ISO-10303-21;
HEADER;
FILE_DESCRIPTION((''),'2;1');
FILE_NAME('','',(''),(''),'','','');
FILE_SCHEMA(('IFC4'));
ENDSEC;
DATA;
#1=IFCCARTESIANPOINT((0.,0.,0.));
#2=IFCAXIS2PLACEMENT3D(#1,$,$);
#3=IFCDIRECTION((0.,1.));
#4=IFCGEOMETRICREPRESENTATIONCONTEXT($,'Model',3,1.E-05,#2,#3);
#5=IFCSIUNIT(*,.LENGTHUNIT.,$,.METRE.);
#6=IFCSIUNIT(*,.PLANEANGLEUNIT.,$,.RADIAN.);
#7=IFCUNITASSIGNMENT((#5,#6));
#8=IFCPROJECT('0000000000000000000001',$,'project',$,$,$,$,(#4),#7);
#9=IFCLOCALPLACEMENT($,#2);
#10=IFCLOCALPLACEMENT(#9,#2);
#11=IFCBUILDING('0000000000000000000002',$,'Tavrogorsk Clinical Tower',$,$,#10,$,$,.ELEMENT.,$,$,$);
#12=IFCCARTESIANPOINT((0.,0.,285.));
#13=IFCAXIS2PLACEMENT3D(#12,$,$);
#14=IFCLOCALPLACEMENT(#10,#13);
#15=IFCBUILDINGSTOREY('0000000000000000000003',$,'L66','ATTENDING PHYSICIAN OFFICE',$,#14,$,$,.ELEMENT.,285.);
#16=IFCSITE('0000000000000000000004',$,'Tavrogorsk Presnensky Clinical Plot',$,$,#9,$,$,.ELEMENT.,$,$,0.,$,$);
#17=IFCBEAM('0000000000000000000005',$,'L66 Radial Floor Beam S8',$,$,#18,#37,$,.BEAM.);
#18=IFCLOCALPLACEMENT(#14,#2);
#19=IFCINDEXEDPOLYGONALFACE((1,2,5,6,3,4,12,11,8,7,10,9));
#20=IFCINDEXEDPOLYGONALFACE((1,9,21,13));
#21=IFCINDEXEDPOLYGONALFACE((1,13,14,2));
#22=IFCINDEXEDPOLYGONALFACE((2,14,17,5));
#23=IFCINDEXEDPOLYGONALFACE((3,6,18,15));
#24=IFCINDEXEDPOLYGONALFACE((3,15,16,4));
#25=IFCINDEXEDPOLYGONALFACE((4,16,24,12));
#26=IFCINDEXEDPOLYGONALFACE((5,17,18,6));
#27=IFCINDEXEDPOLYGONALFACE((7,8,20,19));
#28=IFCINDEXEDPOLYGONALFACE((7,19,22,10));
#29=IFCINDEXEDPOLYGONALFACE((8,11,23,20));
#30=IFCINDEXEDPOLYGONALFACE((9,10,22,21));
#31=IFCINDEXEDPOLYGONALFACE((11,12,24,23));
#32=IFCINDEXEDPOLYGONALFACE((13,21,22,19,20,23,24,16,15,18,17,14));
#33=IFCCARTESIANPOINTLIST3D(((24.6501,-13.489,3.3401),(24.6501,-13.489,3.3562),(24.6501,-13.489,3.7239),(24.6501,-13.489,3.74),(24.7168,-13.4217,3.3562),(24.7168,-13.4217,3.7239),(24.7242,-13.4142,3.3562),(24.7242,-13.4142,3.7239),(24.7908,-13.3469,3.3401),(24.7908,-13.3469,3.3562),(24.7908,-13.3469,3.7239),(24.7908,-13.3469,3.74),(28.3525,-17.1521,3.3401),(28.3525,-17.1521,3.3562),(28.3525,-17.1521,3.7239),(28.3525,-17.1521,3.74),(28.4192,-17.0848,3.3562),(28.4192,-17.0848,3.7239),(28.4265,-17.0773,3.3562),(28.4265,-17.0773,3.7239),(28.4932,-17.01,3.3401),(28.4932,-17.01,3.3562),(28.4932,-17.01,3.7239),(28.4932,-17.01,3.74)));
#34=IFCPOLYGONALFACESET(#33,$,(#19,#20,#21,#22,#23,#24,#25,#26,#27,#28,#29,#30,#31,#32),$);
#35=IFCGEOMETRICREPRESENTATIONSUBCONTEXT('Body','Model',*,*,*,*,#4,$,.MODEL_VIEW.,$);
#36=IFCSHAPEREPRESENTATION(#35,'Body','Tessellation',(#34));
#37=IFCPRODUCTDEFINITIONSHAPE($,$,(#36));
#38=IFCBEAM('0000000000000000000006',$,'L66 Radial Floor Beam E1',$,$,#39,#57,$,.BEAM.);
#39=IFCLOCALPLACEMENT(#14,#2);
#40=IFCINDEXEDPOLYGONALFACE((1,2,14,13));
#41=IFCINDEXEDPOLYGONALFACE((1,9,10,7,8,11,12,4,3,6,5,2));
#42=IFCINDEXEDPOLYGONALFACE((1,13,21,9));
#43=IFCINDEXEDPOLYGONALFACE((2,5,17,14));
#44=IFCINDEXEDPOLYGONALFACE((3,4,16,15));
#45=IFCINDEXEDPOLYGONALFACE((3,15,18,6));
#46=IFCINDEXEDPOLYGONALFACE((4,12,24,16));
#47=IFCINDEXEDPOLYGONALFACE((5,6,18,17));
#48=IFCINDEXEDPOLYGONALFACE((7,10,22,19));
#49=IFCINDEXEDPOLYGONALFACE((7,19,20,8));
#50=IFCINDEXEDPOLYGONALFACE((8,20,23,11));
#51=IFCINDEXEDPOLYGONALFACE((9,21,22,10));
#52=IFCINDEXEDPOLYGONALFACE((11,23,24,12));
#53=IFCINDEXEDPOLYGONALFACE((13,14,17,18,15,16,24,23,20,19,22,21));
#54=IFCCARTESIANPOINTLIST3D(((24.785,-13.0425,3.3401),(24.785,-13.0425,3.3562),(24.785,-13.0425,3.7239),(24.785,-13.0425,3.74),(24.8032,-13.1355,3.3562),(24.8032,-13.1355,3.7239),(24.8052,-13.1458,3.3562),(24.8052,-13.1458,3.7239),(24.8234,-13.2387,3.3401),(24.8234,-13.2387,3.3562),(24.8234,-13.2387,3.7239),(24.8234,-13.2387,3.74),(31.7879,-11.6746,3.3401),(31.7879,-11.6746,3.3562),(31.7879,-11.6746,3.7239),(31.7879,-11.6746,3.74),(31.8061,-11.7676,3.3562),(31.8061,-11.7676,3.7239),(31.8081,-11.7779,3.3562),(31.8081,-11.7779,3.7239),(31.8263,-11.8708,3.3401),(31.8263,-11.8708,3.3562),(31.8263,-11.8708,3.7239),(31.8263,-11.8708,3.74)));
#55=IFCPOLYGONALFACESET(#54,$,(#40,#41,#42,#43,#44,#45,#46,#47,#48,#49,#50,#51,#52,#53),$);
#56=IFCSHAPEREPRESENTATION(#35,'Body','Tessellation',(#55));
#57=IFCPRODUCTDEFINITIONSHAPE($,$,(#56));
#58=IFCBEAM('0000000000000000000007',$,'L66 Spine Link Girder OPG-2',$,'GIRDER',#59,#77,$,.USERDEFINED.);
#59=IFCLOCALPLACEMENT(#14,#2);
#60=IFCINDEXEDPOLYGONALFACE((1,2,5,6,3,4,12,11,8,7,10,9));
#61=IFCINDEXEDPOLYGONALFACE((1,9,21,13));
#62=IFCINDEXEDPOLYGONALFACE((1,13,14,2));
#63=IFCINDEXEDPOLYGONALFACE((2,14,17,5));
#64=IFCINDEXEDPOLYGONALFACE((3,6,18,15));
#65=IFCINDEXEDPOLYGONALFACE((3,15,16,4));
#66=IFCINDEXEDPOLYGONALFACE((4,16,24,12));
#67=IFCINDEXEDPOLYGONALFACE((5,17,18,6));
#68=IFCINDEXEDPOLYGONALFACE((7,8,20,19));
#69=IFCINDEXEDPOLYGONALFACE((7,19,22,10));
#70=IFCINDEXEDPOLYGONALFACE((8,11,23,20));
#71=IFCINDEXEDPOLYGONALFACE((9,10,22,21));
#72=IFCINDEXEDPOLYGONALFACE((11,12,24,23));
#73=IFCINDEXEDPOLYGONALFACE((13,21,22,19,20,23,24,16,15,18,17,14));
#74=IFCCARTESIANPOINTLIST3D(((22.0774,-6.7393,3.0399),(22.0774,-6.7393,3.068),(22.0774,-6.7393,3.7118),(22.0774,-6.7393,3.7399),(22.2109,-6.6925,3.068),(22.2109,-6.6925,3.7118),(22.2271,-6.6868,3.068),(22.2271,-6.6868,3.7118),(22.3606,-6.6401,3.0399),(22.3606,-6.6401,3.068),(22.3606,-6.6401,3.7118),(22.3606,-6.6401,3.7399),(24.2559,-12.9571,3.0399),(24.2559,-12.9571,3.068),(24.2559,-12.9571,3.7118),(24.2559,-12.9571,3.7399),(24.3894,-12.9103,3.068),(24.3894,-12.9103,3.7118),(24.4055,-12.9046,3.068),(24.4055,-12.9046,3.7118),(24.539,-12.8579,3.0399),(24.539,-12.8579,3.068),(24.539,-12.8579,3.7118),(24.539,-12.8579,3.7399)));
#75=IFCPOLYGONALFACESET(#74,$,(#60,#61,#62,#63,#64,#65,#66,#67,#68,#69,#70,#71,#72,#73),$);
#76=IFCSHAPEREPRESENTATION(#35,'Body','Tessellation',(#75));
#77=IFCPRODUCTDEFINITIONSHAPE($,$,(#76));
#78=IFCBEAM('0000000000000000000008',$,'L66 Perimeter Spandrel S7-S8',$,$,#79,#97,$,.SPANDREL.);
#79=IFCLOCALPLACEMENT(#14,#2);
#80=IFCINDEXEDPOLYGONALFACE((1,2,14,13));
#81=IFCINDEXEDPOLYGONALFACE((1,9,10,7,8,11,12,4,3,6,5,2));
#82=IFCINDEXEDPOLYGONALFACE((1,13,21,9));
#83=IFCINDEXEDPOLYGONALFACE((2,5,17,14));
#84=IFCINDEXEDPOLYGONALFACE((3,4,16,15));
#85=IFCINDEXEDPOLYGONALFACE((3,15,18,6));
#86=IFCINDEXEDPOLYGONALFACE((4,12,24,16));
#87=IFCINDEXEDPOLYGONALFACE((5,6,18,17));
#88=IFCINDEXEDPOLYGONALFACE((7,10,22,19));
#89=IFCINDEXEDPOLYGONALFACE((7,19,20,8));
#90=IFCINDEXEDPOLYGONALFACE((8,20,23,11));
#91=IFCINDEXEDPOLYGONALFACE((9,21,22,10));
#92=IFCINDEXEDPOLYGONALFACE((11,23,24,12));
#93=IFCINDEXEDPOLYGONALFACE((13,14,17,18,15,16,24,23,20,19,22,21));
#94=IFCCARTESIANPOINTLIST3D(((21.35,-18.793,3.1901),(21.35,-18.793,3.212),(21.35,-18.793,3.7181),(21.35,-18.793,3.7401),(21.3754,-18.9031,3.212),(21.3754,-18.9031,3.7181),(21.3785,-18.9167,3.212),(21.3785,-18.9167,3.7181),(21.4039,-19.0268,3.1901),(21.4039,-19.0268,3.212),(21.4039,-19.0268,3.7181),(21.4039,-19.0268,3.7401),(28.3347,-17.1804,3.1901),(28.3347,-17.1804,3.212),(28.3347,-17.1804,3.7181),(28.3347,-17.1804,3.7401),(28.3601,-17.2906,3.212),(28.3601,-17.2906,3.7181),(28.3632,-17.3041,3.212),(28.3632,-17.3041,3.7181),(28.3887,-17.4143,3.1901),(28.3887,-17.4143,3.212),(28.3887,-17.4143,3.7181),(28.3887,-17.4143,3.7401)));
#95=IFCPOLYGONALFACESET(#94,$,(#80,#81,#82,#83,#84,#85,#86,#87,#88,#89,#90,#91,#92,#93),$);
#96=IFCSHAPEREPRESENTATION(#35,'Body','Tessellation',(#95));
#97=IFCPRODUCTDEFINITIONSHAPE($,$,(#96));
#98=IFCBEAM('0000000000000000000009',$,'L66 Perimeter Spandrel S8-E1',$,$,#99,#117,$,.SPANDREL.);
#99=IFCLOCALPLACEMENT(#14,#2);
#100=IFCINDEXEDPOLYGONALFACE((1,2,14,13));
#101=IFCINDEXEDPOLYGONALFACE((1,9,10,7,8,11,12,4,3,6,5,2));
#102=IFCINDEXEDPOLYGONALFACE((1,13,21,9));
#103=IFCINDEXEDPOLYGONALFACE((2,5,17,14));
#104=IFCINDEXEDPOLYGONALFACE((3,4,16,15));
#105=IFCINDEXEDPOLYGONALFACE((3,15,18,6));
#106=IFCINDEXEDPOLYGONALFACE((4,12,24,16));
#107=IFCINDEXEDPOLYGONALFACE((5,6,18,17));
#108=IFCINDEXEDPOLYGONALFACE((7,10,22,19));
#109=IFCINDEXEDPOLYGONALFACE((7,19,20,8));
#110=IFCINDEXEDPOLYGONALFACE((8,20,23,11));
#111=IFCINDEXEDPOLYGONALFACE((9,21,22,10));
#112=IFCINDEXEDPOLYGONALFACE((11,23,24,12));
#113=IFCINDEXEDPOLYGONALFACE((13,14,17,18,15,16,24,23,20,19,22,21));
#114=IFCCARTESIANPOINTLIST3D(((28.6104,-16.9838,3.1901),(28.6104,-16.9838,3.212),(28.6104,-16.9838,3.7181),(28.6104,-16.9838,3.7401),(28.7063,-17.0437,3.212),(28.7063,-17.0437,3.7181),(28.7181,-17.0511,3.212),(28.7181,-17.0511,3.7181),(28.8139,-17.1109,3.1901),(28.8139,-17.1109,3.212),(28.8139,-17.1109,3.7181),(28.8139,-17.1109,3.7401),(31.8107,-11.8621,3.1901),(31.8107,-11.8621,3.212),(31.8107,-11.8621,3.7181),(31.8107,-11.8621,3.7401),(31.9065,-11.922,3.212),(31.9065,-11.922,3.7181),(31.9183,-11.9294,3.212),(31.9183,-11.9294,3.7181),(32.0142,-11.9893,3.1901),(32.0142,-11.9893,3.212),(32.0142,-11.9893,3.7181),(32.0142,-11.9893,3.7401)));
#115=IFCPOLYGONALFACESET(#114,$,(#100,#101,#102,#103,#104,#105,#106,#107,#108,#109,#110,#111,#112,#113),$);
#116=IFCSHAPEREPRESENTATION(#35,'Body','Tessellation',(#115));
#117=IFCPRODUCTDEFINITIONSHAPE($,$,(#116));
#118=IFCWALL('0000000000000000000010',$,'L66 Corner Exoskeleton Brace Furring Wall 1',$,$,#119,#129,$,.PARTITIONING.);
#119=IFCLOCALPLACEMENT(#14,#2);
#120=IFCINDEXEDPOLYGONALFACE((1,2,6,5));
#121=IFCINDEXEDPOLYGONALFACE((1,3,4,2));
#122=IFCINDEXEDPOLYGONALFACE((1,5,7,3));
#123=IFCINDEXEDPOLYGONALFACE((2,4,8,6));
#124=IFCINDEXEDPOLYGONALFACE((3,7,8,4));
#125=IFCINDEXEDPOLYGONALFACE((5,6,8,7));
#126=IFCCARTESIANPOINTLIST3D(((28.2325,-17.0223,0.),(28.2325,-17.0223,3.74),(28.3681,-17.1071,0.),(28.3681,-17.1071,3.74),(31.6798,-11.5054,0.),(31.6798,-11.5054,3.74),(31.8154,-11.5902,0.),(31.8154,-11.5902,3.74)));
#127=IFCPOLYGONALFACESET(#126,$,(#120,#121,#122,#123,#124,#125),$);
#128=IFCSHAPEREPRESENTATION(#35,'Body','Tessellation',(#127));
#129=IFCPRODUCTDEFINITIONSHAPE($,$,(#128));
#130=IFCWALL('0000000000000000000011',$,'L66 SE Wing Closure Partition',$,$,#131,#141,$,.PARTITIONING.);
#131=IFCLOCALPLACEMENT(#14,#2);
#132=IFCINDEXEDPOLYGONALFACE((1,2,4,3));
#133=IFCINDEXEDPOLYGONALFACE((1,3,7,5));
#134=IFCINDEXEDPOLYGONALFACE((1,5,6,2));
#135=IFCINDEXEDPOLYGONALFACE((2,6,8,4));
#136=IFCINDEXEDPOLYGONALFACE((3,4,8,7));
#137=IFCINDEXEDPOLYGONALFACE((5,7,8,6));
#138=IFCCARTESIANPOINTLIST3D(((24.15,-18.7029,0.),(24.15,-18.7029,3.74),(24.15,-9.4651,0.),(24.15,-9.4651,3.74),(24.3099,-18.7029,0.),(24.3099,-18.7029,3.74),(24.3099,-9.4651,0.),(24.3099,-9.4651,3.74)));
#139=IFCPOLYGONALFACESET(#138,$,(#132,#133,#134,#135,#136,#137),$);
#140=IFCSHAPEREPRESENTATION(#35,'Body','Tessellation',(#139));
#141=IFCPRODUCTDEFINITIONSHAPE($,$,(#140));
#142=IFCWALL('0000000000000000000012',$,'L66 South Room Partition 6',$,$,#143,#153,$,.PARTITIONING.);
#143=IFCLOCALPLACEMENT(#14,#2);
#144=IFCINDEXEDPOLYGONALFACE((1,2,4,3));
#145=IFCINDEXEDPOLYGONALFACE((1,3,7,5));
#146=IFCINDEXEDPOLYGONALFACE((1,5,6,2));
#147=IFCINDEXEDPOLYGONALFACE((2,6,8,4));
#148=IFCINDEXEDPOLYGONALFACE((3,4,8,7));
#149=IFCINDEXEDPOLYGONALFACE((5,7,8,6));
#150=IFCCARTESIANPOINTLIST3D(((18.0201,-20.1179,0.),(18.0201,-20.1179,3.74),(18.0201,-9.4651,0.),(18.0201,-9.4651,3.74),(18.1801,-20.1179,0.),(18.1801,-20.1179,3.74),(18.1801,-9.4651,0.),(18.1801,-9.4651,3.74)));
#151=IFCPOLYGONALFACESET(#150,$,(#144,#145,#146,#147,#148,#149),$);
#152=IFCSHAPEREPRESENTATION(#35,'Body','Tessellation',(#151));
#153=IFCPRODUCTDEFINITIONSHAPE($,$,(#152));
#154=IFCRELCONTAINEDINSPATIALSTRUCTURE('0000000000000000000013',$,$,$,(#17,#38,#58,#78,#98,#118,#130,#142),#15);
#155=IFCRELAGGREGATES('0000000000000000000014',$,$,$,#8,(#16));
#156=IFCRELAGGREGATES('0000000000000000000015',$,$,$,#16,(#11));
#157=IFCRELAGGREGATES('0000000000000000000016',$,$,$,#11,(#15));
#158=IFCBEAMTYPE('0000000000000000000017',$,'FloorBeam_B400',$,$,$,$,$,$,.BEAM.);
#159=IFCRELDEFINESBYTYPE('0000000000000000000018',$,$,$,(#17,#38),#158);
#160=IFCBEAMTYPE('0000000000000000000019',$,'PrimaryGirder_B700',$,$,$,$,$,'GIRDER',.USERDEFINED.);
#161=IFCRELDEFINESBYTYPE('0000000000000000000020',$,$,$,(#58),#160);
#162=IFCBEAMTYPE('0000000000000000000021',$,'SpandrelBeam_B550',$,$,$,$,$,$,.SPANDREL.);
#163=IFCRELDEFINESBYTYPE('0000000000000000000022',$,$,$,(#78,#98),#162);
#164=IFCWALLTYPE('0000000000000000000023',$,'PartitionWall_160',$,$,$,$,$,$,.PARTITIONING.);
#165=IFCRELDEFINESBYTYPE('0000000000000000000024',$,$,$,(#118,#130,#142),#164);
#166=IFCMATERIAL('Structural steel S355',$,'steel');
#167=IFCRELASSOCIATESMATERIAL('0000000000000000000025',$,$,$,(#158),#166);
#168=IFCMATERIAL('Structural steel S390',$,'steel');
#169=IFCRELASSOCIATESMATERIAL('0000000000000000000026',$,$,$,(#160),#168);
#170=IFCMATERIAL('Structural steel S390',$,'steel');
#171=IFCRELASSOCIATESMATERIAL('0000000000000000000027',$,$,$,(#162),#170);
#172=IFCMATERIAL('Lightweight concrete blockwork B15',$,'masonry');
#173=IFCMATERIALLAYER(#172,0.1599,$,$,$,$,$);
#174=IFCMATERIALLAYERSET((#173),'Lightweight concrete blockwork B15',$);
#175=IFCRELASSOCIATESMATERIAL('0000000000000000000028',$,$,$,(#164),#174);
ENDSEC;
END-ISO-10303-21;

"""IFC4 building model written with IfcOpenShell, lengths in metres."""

from ifc_helpers import new_model, si_unit, direction, frame, frame_2d, origin, origin_2d, place, context, subcontext, project, spatial, rectangle, i_section, extrude, material, layer, layer_set, material_profile, profile_set, type_object, element, save


model = new_model("IFC4")

# Units and contexts
model_context = context("Model", 3, precision=1e-05, world=origin(), true_north=direction((0.0, 1.0)))
body_context = subcontext(model_context, "Body", "Model", "MODEL_VIEW")
ifc_project = project(units=[si_unit("LENGTHUNIT", "METRE"), si_unit("PLANEANGLEUNIT", "RADIAN")], contexts=[model_context])

# Site, building, storey
site_placement = place(None, origin())
site = spatial("IfcSite", under=ifc_project, at=site_placement, Name="Tavrogorsk Presnensky Clinical Plot", CompositionType="ELEMENT", RefElevation=0.0)
building_placement = place(site_placement, origin())
building = spatial("IfcBuilding", under=site, at=building_placement, Name="Tavrogorsk Clinical Tower", CompositionType="ELEMENT")
storey_placement = place(building_placement, frame((0.0, 0.0, 285.0)))
storey = spatial("IfcBuildingStorey", under=building, at=storey_placement, Name="L66", Description="ATTENDING PHYSICIAN OFFICE", CompositionType="ELEMENT", Elevation=285.0)

# Beams
ifc_material_1 = material(Name="Structural steel S355", Category="steel")
ifc_material_profile_1 = material_profile(ifc_material_1, i_section(OverallWidth=0.2, OverallDepth=0.3999, WebThickness=0.0105, FlangeThickness=0.0161, at=origin_2d()), Name="B-400x200x10.5x16")
ifc_profile_set_1 = profile_set([ifc_material_profile_1], Name="Structural steel S355")
beam_type_1 = type_object("IfcBeamType", Name="FloorBeam_B400", PredefinedType="BEAM", material=ifc_profile_set_1)
beam_1_placement = place(storey_placement, frame((24.7205, -13.418, 3.54), z_axis=(0.71087, -0.703323, 0.0), x_axis=(0.703323, 0.71087, 0.0)))
element("IfcBeam", 1, at=beam_1_placement, inside=storey, type_object=beam_type_1, Name="L66 Radial Floor Beam S8", PredefinedType="BEAM", context=body_context, shape_type="SweptSolid", body=[
    extrude(i_section(OverallWidth=0.2, OverallDepth=0.3999, WebThickness=0.0105, FlangeThickness=0.0161, at=origin_2d()), origin(), (0.0, 0.0, 1.0), 5.2083),
])
beam_2_placement = place(storey_placement, frame((24.8042, -13.1406, 3.54), z_axis=(0.981451, 0.191712, 0.0), x_axis=(-0.191712, 0.981451, 0.0)))
element("IfcBeam", 2, at=beam_2_placement, inside=storey, type_object=beam_type_1, Name="L66 Radial Floor Beam E1", PredefinedType="BEAM", context=body_context, shape_type="SweptSolid", body=[
    extrude(i_section(OverallWidth=0.2, OverallDepth=0.3999, WebThickness=0.0105, FlangeThickness=0.0161, at=origin_2d()), origin(), (0.0, 0.0, 1.0), 7.1353),
])
ifc_material_2 = material(Name="Structural steel S390", Category="steel")
ifc_material_profile_2 = material_profile(ifc_material_2, i_section(OverallWidth=0.3, OverallDepth=0.7, WebThickness=0.0171, FlangeThickness=0.0281, at=origin_2d()), Name="B-700x300x17x28")
ifc_profile_set_2 = profile_set([ifc_material_profile_2], Name="Structural steel S390")
beam_type_2 = type_object("IfcBeamType", Name="PrimaryGirder_B700", ElementType="GIRDER", PredefinedType="USERDEFINED", material=ifc_profile_set_2)
beam_3_placement = place(storey_placement, frame((24.3975, -12.9075, 3.3899), z_axis=(-0.330654, 0.943752, 0.0), x_axis=(-0.943752, -0.330654, 0.0)))
element("IfcBeam", 3, at=beam_3_placement, inside=storey, type_object=beam_type_2, Name="L66 Spine Link Girder OPG-2", ObjectType="GIRDER", PredefinedType="USERDEFINED", context=body_context, shape_type="SweptSolid", body=[
    extrude(i_section(OverallWidth=0.3, OverallDepth=0.7, WebThickness=0.0171, FlangeThickness=0.0281, at=origin_2d()), origin(), (0.0, 0.0, 1.0), 6.5884),
])
ifc_material_3 = material(Name="Structural steel S390", Category="steel")
ifc_material_profile_3 = material_profile(ifc_material_3, i_section(OverallWidth=0.24, OverallDepth=0.55, WebThickness=0.0139, FlangeThickness=0.022, at=origin_2d()), Name="B-550x240x14x22")
ifc_profile_set_3 = profile_set([ifc_material_profile_3], Name="Structural steel S390")
beam_type_3 = type_object("IfcBeamType", Name="SpandrelBeam_B550", PredefinedType="SPANDREL", material=ifc_profile_set_3)
beam_4_placement = place(storey_placement, frame((21.377, -18.9099, 3.4651), z_axis=(0.974369, 0.224954, 0.0), x_axis=(-0.224954, 0.974369, 0.0)))
element("IfcBeam", 4, at=beam_4_placement, inside=storey, type_object=beam_type_3, Name="L66 Perimeter Spandrel S7-S8", PredefinedType="SPANDREL", context=body_context, shape_type="SweptSolid", body=[
    extrude(i_section(OverallWidth=0.24, OverallDepth=0.55, WebThickness=0.0139, FlangeThickness=0.022, at=origin_2d()), origin(), (0.0, 0.0, 1.0), 7.1685),
])
beam_5_placement = place(storey_placement, frame((28.7122, -17.0474, 3.4651), z_axis=(0.529904, 0.848057, 0.0), x_axis=(-0.848057, 0.529904, 0.0)))
element("IfcBeam", 5, at=beam_5_placement, inside=storey, type_object=beam_type_3, Name="L66 Perimeter Spandrel S8-E1", PredefinedType="SPANDREL", context=body_context, shape_type="SweptSolid", body=[
    extrude(i_section(OverallWidth=0.24, OverallDepth=0.55, WebThickness=0.0139, FlangeThickness=0.022, at=origin_2d()), origin(), (0.0, 0.0, 1.0), 6.0393),
])

# Walls
ifc_material_4 = material(Name="Lightweight concrete blockwork B15", Category="masonry")
ifc_layer_1 = layer(ifc_material_4, 0.1599)
ifc_layer_set_1 = layer_set([ifc_layer_1], Name="Lightweight concrete blockwork B15")
wall_type_1 = type_object("IfcWallType", Name="PartitionWall_160", PredefinedType="PARTITIONING", material=ifc_layer_set_1)
wall_1_placement = place(storey_placement, frame((28.3003, -17.0647, 0.0), z_axis=(0.0, 0.0, 1.0), x_axis=(0.529915, 0.848051, 0.0)))
element("IfcWall", 6, at=wall_1_placement, inside=storey, type_object=wall_type_1, Name="L66 Corner Exoskeleton Brace Furring Wall 1", PredefinedType="PARTITIONING", context=body_context, shape_type="SweptSolid", body=[
    extrude(rectangle(XDim=6.5054, YDim=0.1599, at=frame_2d((3.2527, 0.0))), origin(), (0.0, 0.0, 1.0), 3.74),
])
wall_2_placement = place(storey_placement, frame((24.23, -18.7029, 0.0), z_axis=(0.0, 0.0, 1.0), x_axis=(0.0, 1.0, 0.0)))
element("IfcWall", 7, at=wall_2_placement, inside=storey, type_object=wall_type_1, Name="L66 SE Wing Closure Partition", PredefinedType="PARTITIONING", context=body_context, shape_type="SweptSolid", body=[
    extrude(rectangle(XDim=9.2378, YDim=0.1599, at=frame_2d((4.6189, 0.0))), origin(), (0.0, 0.0, 1.0), 3.74),
])
wall_3_placement = place(storey_placement, frame((18.1001, -20.1179, 0.0), z_axis=(0.0, 0.0, 1.0), x_axis=(0.0, 1.0, 0.0)))
element("IfcWall", 8, at=wall_3_placement, inside=storey, type_object=wall_type_1, Name="L66 South Room Partition 6", PredefinedType="PARTITIONING", context=body_context, shape_type="SweptSolid", body=[
    extrude(rectangle(XDim=10.6528, YDim=0.1599, at=frame_2d((5.3264, 0.0))), origin(), (0.0, 0.0, 1.0), 3.74),
])

save(model, "model.ifc")
